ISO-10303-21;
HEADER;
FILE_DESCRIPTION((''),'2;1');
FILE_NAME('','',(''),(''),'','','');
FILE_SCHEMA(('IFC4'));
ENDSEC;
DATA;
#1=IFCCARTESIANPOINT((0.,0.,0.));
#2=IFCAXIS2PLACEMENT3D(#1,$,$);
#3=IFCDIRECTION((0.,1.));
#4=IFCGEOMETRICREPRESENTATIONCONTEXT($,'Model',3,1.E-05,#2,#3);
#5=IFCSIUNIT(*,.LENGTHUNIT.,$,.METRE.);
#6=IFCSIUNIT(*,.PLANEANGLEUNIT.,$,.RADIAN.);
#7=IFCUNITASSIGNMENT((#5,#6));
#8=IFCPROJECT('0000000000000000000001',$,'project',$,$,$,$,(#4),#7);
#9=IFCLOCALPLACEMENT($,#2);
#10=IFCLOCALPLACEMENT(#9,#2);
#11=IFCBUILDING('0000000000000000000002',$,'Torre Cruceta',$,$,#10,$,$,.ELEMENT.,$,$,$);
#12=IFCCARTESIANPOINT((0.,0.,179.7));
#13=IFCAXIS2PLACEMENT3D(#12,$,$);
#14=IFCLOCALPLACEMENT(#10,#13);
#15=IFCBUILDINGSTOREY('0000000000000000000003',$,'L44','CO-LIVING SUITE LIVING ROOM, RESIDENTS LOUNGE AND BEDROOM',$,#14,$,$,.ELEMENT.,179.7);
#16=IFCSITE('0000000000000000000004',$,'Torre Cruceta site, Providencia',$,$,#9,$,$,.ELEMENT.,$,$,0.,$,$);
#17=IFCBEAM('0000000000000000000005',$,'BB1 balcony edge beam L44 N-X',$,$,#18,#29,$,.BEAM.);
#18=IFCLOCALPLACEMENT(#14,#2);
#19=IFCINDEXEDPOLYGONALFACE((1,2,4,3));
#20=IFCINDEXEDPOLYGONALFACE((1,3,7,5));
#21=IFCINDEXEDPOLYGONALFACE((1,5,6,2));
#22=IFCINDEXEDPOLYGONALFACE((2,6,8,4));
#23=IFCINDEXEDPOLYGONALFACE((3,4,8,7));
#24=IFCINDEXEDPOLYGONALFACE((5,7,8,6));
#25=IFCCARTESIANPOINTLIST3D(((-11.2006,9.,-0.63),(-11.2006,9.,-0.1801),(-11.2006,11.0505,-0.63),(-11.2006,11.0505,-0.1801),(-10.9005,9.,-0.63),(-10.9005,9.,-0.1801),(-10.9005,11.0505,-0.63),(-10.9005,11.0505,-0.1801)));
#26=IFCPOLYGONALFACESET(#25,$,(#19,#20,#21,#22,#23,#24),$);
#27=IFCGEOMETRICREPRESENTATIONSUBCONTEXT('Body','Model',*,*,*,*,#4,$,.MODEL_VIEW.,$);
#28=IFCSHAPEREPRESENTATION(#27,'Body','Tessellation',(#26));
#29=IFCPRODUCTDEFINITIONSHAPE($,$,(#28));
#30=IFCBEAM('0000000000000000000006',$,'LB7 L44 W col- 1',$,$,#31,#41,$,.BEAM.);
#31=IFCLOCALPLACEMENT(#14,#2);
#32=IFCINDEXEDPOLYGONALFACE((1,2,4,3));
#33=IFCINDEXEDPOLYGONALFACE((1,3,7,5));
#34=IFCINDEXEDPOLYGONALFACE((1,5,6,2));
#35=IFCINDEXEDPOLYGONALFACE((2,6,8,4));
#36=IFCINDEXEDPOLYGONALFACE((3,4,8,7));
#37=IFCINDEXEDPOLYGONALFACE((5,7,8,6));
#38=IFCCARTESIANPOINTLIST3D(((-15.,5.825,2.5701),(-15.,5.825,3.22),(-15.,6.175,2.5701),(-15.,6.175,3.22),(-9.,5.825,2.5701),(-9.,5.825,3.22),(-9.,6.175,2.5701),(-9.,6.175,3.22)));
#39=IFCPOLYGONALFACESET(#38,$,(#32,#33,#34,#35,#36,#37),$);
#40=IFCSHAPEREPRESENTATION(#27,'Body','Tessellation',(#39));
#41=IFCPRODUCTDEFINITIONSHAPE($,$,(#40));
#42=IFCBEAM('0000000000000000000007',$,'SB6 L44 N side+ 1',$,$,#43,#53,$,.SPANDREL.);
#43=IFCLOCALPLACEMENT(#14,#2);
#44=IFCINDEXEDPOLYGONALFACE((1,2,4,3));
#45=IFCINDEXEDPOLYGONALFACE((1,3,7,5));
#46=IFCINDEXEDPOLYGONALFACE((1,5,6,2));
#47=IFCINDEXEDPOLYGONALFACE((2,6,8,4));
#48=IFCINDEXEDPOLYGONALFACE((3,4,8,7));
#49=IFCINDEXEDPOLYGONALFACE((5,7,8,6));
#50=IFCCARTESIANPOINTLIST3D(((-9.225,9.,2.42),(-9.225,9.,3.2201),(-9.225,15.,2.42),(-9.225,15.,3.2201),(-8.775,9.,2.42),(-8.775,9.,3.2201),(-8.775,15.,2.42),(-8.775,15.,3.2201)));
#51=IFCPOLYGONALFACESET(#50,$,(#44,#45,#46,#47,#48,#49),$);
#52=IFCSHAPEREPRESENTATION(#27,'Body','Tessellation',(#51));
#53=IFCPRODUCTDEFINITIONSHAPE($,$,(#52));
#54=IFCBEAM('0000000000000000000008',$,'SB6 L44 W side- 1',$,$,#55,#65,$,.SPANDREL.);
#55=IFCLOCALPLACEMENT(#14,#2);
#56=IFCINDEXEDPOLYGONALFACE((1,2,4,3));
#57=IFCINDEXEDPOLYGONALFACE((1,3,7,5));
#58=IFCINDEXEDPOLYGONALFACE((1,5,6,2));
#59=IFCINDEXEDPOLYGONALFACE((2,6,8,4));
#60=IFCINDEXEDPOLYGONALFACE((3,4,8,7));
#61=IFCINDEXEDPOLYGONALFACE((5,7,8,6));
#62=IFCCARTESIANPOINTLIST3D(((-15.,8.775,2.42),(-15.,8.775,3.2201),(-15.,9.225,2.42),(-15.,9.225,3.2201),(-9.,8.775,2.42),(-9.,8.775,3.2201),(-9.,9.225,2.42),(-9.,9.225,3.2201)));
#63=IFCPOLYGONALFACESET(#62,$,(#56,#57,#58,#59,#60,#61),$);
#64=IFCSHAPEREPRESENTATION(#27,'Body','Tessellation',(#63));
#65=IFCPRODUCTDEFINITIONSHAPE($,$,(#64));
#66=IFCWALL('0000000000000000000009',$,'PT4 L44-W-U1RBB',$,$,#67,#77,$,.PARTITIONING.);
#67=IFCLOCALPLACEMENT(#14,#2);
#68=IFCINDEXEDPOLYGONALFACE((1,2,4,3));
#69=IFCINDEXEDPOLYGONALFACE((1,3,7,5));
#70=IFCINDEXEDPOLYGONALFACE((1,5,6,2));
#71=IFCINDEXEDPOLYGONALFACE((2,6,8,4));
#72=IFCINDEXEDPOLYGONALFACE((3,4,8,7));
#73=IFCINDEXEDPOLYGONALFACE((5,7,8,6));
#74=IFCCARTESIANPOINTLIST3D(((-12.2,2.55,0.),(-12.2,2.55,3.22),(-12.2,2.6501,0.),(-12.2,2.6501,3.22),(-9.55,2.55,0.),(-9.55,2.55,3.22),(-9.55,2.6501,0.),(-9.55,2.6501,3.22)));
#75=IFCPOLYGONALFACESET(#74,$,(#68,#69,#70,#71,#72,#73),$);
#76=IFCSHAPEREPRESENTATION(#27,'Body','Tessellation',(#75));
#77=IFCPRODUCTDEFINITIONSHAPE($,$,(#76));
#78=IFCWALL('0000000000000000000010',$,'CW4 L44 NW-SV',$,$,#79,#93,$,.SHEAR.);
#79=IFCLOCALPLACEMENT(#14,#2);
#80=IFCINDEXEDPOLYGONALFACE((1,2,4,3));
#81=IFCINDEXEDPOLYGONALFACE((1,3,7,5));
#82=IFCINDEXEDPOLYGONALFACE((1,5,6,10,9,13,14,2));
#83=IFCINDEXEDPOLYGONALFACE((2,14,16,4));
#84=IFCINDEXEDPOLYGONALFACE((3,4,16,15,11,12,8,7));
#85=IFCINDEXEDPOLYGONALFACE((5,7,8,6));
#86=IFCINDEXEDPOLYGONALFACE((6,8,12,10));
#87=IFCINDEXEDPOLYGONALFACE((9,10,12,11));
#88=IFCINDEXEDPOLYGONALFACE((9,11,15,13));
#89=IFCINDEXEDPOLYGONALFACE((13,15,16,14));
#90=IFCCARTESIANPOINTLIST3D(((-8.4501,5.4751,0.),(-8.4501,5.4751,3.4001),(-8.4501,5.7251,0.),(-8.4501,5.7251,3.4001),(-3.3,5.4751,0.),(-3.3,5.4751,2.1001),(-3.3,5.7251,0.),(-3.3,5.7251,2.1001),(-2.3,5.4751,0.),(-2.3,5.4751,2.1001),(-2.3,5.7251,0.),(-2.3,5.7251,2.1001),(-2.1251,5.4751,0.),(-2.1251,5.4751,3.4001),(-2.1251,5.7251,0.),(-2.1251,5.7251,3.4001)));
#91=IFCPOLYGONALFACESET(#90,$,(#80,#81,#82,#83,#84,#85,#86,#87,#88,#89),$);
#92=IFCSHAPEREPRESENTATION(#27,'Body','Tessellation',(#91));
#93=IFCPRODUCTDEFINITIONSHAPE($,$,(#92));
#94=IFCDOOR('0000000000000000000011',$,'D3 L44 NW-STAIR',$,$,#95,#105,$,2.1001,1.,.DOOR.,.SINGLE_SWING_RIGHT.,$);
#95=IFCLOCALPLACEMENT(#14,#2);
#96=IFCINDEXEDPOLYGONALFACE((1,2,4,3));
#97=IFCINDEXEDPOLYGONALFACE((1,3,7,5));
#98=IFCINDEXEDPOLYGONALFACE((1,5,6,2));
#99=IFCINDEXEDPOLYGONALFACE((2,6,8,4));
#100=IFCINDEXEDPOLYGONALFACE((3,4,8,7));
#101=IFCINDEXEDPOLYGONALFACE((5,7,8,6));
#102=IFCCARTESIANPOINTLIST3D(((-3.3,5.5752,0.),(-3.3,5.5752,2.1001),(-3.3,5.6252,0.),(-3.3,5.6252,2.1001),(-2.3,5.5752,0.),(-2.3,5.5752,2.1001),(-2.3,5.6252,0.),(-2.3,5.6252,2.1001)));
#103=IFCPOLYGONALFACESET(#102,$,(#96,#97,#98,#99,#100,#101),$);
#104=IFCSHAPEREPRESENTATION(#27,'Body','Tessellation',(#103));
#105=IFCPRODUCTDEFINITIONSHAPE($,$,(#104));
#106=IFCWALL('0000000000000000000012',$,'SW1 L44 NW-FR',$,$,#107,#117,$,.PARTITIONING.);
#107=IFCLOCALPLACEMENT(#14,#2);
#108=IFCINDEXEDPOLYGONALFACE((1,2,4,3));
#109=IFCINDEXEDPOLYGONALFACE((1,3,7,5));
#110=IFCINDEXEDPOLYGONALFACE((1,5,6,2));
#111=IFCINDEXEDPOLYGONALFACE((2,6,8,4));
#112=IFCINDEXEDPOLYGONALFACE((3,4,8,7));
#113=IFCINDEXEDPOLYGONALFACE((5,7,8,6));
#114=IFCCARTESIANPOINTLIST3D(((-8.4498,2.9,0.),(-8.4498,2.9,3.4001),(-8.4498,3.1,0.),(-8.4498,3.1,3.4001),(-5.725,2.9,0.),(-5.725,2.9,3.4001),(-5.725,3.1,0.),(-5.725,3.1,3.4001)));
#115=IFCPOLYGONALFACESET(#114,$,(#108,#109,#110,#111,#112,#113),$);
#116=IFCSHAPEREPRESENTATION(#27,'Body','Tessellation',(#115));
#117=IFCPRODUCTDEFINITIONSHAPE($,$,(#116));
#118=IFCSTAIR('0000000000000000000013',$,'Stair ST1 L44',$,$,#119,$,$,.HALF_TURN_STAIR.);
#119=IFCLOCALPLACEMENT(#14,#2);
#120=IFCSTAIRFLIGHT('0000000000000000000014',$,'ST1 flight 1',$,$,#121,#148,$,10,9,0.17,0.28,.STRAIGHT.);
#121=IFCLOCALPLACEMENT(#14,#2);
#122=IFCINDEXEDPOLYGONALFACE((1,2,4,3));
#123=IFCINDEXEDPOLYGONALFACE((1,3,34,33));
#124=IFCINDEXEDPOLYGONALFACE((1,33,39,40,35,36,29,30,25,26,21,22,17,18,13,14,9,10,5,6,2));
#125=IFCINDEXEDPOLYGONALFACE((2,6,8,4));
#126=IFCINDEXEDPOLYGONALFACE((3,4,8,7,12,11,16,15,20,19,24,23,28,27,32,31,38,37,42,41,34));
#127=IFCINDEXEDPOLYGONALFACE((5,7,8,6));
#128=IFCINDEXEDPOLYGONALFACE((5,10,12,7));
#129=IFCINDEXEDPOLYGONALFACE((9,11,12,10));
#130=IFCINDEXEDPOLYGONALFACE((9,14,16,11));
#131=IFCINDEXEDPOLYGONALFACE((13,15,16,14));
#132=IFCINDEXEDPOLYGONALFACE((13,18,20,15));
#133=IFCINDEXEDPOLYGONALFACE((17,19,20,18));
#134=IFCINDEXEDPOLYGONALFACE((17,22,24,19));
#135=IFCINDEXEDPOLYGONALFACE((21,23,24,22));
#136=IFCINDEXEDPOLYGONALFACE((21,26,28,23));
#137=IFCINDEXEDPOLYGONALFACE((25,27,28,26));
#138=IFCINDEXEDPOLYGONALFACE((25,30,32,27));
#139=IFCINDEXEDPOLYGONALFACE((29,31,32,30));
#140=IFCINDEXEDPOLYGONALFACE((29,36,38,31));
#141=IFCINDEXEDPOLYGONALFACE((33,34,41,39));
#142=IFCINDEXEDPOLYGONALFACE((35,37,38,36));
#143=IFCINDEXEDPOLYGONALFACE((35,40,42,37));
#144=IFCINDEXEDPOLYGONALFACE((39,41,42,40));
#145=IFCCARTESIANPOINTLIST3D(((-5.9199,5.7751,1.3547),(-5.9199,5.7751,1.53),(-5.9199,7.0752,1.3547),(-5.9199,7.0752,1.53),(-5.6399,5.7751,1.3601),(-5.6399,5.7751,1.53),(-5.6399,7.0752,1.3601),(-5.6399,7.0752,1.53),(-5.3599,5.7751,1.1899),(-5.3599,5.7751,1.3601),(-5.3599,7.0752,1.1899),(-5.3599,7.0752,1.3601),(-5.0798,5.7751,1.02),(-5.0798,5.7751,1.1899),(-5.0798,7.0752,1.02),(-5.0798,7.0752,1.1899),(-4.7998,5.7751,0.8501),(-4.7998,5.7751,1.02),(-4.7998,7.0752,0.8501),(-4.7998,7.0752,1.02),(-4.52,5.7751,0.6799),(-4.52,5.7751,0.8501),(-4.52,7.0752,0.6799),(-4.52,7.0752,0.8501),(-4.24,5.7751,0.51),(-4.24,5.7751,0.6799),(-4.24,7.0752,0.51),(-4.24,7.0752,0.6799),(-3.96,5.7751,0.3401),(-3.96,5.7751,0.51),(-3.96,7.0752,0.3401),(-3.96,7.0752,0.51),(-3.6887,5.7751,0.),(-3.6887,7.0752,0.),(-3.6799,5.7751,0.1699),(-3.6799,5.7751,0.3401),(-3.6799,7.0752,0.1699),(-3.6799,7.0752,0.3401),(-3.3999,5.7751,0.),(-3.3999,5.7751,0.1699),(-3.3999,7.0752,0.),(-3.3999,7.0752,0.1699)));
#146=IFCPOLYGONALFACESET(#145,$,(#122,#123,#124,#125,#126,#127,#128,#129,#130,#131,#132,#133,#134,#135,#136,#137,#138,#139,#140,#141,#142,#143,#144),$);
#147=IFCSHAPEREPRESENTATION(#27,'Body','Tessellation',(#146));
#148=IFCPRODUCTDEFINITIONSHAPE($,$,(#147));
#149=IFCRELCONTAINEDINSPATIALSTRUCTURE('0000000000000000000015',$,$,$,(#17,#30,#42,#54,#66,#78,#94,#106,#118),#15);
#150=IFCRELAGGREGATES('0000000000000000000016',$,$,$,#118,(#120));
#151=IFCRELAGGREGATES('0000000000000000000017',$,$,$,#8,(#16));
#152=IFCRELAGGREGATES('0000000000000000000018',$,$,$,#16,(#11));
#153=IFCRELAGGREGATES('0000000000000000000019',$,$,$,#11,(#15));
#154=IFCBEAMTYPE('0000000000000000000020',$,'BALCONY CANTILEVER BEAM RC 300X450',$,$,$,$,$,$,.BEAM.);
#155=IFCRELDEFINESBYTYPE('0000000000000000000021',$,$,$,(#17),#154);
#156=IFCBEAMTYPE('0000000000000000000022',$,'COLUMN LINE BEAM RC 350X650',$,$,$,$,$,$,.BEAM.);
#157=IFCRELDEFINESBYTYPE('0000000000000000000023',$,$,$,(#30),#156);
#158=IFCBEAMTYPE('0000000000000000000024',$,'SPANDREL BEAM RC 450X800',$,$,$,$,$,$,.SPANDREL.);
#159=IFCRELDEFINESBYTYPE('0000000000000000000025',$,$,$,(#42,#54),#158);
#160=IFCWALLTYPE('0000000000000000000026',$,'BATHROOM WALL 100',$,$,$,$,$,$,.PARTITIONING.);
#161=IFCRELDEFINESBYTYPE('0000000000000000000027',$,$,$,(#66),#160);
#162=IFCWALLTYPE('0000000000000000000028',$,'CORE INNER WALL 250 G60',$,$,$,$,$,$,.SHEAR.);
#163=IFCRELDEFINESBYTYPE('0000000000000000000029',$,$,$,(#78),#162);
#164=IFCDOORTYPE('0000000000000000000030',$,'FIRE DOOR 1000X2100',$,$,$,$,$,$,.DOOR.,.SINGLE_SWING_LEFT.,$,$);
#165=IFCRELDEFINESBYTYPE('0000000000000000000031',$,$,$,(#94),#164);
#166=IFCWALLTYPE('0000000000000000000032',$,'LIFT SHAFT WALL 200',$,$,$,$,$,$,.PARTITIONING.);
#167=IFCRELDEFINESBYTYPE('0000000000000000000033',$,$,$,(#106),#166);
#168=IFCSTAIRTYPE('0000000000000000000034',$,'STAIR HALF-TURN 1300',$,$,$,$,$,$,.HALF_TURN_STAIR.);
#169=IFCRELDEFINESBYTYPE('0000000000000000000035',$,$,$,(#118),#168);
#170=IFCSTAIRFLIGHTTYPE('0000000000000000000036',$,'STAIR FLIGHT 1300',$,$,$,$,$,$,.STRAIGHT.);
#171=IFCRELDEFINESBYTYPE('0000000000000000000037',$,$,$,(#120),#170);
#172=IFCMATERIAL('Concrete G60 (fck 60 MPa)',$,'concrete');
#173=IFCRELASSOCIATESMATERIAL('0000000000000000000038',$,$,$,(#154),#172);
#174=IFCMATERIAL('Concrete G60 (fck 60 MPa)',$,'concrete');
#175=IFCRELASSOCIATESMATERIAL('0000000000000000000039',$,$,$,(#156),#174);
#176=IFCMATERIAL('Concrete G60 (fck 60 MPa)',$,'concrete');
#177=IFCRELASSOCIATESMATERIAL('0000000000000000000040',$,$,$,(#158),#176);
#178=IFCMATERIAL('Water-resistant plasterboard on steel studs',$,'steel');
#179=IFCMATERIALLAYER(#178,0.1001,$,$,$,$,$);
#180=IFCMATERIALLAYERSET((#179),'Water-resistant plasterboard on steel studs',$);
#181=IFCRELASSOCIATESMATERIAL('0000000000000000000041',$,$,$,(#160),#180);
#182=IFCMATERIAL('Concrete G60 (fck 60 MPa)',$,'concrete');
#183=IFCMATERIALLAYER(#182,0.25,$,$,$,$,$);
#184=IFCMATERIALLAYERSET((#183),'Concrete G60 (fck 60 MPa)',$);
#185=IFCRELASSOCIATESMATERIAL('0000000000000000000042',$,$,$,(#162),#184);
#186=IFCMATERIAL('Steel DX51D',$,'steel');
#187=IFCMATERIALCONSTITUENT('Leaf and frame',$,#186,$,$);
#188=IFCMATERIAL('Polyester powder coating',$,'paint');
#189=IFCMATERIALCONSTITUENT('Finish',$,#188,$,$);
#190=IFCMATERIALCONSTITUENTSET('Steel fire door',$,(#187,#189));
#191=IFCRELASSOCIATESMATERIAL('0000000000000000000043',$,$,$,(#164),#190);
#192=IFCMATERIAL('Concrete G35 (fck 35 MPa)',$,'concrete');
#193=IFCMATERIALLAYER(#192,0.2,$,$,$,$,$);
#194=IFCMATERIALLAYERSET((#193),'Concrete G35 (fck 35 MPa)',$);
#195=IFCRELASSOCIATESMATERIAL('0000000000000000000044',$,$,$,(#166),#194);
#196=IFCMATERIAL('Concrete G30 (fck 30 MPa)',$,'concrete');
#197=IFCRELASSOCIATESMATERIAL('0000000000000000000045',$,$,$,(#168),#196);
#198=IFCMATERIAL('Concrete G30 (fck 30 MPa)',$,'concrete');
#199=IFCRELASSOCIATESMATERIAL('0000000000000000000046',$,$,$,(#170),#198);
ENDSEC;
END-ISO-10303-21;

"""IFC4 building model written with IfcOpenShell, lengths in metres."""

from ifc_helpers import new_model, si_unit, direction, frame, frame_2d, origin, origin_2d, place, context, subcontext, project, spatial, polyline, rectangle, outline, extrude, material, layer, layer_set, constituent, constituent_set, material_profile, profile_set, type_object, element, fill, aggregate, save


model = new_model("IFC4")

# Units and contexts
model_context = context("Model", 3, precision=1e-05, world=origin(), true_north=direction((0.0, 1.0)))
body_context = subcontext(model_context, "Body", "Model", "MODEL_VIEW")
ifc_project = project(units=[si_unit("LENGTHUNIT", "METRE"), si_unit("PLANEANGLEUNIT", "RADIAN")], contexts=[model_context])

# Site, building, storey
site_placement = place(None, origin())
site = spatial("IfcSite", under=ifc_project, at=site_placement, Name="Torre Cruceta site, Providencia", CompositionType="ELEMENT", RefElevation=0.0)
building_placement = place(site_placement, origin())
building = spatial("IfcBuilding", under=site, at=building_placement, Name="Torre Cruceta", CompositionType="ELEMENT")
storey_placement = place(building_placement, frame((0.0, 0.0, 179.7)))
storey = spatial("IfcBuildingStorey", under=building, at=storey_placement, Name="L44", Description="CO-LIVING SUITE LIVING ROOM, RESIDENTS LOUNGE AND BEDROOM", CompositionType="ELEMENT", Elevation=179.7)

# Beams
ifc_material_1 = material(Name="Concrete G60 (fck 60 MPa)", Category="concrete")
ifc_material_profile_1 = material_profile(ifc_material_1, rectangle(XDim=0.3, YDim=0.45, at=origin_2d()), Name="RC 300X450")
ifc_profile_set_1 = profile_set([ifc_material_profile_1], Name="Concrete G60 (fck 60 MPa)")
beam_type_1 = type_object("IfcBeamType", Name="BALCONY CANTILEVER BEAM RC 300X450", PredefinedType="BEAM", material=ifc_profile_set_1)
beam_1_placement = place(storey_placement, frame((-11.0505, 9.0, -0.405), z_axis=(0.0, 1.0, 0.0), x_axis=(-1.0, 0.0, 0.0)))
element("IfcBeam", 1, at=beam_1_placement, inside=storey, type_object=beam_type_1, Name="BB1 balcony edge beam L44 N-X", PredefinedType="BEAM", context=body_context, shape_type="SweptSolid", body=[
    extrude(rectangle(XDim=0.3, YDim=0.45, at=origin_2d()), origin(), (0.0, 0.0, 1.0), 2.0505),
])
ifc_material_2 = material(Name="Concrete G60 (fck 60 MPa)", Category="concrete")
ifc_material_profile_2 = material_profile(ifc_material_2, rectangle(XDim=0.3501, YDim=0.6499, at=origin_2d()), Name="RC 350X650")
ifc_profile_set_2 = profile_set([ifc_material_profile_2], Name="Concrete G60 (fck 60 MPa)")
beam_type_2 = type_object("IfcBeamType", Name="COLUMN LINE BEAM RC 350X650", PredefinedType="BEAM", material=ifc_profile_set_2)
beam_2_placement = place(storey_placement, frame((-9.0, 6.0, 2.895), z_axis=(-1.0, 0.0, 0.0), x_axis=(0.0, -1.0, 0.0)))
element("IfcBeam", 2, at=beam_2_placement, inside=storey, type_object=beam_type_2, Name="LB7 L44 W col- 1", PredefinedType="BEAM", context=body_context, shape_type="SweptSolid", body=[
    extrude(rectangle(XDim=0.3501, YDim=0.6499, at=origin_2d()), origin(), (0.0, 0.0, 1.0), 6.0),
])
ifc_material_3 = material(Name="Concrete G60 (fck 60 MPa)", Category="concrete")
ifc_material_profile_3 = material_profile(ifc_material_3, rectangle(XDim=0.45, YDim=0.8, at=origin_2d()), Name="RC 450X800")
ifc_profile_set_3 = profile_set([ifc_material_profile_3], Name="Concrete G60 (fck 60 MPa)")
beam_type_3 = type_object("IfcBeamType", Name="SPANDREL BEAM RC 450X800", PredefinedType="SPANDREL", material=ifc_profile_set_3)
for number, where, z_axis, x_axis, name in (
    (3, (-9.0, 9.0, 2.8201), (0.0, 1.0, 0.0), (-1.0, 0.0, 0.0), "SB6 L44 N side+ 1"),
    (4, (-9.0, 9.0, 2.8201), (-1.0, 0.0, 0.0), (0.0, -1.0, 0.0), "SB6 L44 W side- 1"),
):
    element("IfcBeam", number, at=place(storey_placement, frame(where, z_axis=z_axis, x_axis=x_axis)), inside=storey, type_object=beam_type_3, Name=name, PredefinedType="SPANDREL", context=body_context, shape_type="SweptSolid", body=[
        extrude(rectangle(XDim=0.45, YDim=0.8, at=origin_2d()), origin(), (0.0, 0.0, 1.0), 6.0),
    ])

# Wall
ifc_material_4 = material(Name="Water-resistant plasterboard on steel studs", Category="steel")
ifc_layer_1 = layer(ifc_material_4, 0.1001)
ifc_layer_set_1 = layer_set([ifc_layer_1], Name="Water-resistant plasterboard on steel studs")
wall_type_1 = type_object("IfcWallType", Name="BATHROOM WALL 100", PredefinedType="PARTITIONING", material=ifc_layer_set_1)
wall_1_placement = place(storey_placement, frame((-9.55, 2.6001, 0.0), z_axis=(0.0, 0.0, 1.0), x_axis=(-1.0, 0.0, 0.0)))
element("IfcWall", 5, at=wall_1_placement, inside=storey, type_object=wall_type_1, Name="PT4 L44-W-U1RBB", PredefinedType="PARTITIONING", context=body_context, shape_type="SweptSolid", body=[
    extrude(rectangle(XDim=2.6499, YDim=0.1001, at=frame_2d((1.325, 0.0))), origin(), (0.0, 0.0, 1.0), 3.22),
])

# Wall, opening, door
ifc_material_5 = material(Name="Concrete G60 (fck 60 MPa)", Category="concrete")
ifc_layer_2 = layer(ifc_material_5, 0.25)
ifc_layer_set_2 = layer_set([ifc_layer_2], Name="Concrete G60 (fck 60 MPa)")
wall_type_2 = type_object("IfcWallType", Name="CORE INNER WALL 250 G60", PredefinedType="SHEAR", material=ifc_layer_set_2)
wall_2_placement = place(storey_placement, frame((-2.125, 5.6001, 0.0), z_axis=(0.0, 0.0, 1.0), x_axis=(-1.0, 0.0, 0.0)))
wall_2 = element("IfcWall", 6, at=wall_2_placement, inside=storey, type_object=wall_type_2, Name="CW4 L44 NW-SV", PredefinedType="SHEAR", context=body_context, shape_type="SweptSolid", body=[
    extrude(rectangle(XDim=6.325, YDim=0.25, at=frame_2d((3.1626, 0.0))), origin(), (0.0, 0.0, 1.0), 3.4001),
])
opening_1_placement = place(wall_2_placement, frame((0.175, 0.0, 0.0)))
opening_1 = element("IfcOpeningElement", 7, at=opening_1_placement, cuts=wall_2, PredefinedType="OPENING", context=body_context, shape_type="SweptSolid", body=[
    extrude(rectangle(XDim=1.0, YDim=2.1001, at=frame_2d((0.5, 1.05))), frame((0.0, 0.135, 0.0), z_axis=(0.0, -1.0, 0.0), x_axis=(1.0, 0.0, 0.0)), (0.0, 0.0, 1.0), 0.27),
])
ifc_material_6 = material(Name="Steel DX51D", Category="steel")
ifc_constituent_1 = constituent(ifc_material_6, Name="Leaf and frame")
ifc_material_7 = material(Name="Polyester powder coating", Category="paint")
ifc_constituent_2 = constituent(ifc_material_7, Name="Finish")
ifc_constituent_set_1 = constituent_set(constituents=[ifc_constituent_1, ifc_constituent_2], Name="Steel fire door")
door_type_1 = type_object("IfcDoorType", Name="FIRE DOOR 1000X2100", OperationType="SINGLE_SWING_LEFT", PredefinedType="DOOR", material=ifc_constituent_set_1)
door_1_placement = place(opening_1_placement, frame((1.0, 0.0, 0.0), z_axis=(0.0, 0.0, 1.0), x_axis=(-1.0, 0.0, 0.0)))
door_1 = element("IfcDoor", 8, at=door_1_placement, inside=storey, type_object=door_type_1, Name="D3 L44 NW-STAIR", OperationType="SINGLE_SWING_RIGHT", OverallHeight=2.1001, OverallWidth=1.0, PredefinedType="DOOR", context=body_context, shape_type="SweptSolid", body=[
    extrude(rectangle(XDim=1.0, YDim=2.1001, at=frame_2d((0.5, 1.05))), frame((0.0, 0.0251, 0.0), z_axis=(0.0, -1.0, 0.0), x_axis=(1.0, 0.0, 0.0)), (0.0, 0.0, 1.0), 0.05),
])
fill(opening_1, door_1)

# Wall
ifc_material_8 = material(Name="Concrete G35 (fck 35 MPa)", Category="concrete")
ifc_layer_3 = layer(ifc_material_8, 0.2)
ifc_layer_set_3 = layer_set([ifc_layer_3], Name="Concrete G35 (fck 35 MPa)")
wall_type_3 = type_object("IfcWallType", Name="LIFT SHAFT WALL 200", PredefinedType="PARTITIONING", material=ifc_layer_set_3)
wall_3_placement = place(storey_placement, frame((-5.7251, 3.0, 0.0), z_axis=(0.0, 0.0, 1.0), x_axis=(-1.0, 0.0, 0.0)))
element("IfcWall", 9, at=wall_3_placement, inside=storey, type_object=wall_type_3, Name="SW1 L44 NW-FR", PredefinedType="PARTITIONING", context=body_context, shape_type="SweptSolid", body=[
    extrude(rectangle(XDim=2.7249, YDim=0.2, at=frame_2d((1.3623, 0.0))), origin(), (0.0, 0.0, 1.0), 3.4001),
])

# Stair, stair flight
ifc_material_9 = material(Name="Concrete G30 (fck 30 MPa)", Category="concrete")
stair_type = type_object("IfcStairType", Name="STAIR HALF-TURN 1300", PredefinedType="HALF_TURN_STAIR", material=ifc_material_9)
stair_placement = place(storey_placement, origin())
stair = element("IfcStair", 10, at=stair_placement, inside=storey, type_object=stair_type, Name="Stair ST1 L44", PredefinedType="HALF_TURN_STAIR")
ifc_material_10 = material(Name="Concrete G30 (fck 30 MPa)", Category="concrete")
stair_flight_type = type_object("IfcStairFlightType", Name="STAIR FLIGHT 1300", PredefinedType="STRAIGHT", material=ifc_material_10)
stair_flight_1_placement = place(storey_placement, frame((-3.3999, 6.425, 0.0), z_axis=(0.0, 0.0, 1.0), x_axis=(-1.0, 0.0, 0.0)))
stair_flight_1 = element("IfcStairFlight", 11, at=stair_flight_1_placement, type_object=stair_flight_type, Name="ST1 flight 1", NumberOfRisers=10, NumberOfTreads=9, PredefinedType="STRAIGHT", RiserHeight=0.17, TreadLength=0.28, context=body_context, shape_type="SweptSolid", body=[
    extrude(outline(polyline([(0.0, 0.0), (0.0, 0.1699), (0.28, 0.1699), (0.28, 0.3401), (0.5601, 0.3401), (0.5601, 0.51), (0.8401, 0.51), (0.8401, 0.6799), (1.1201, 0.6799), (1.1201, 0.8501), (1.3999, 0.8501), (1.3999, 1.02), (1.6799, 1.02), (1.6799, 1.1899), (1.96, 1.1899), (1.96, 1.3601), (2.24, 1.3601), (2.24, 1.53), (2.52, 1.53), (2.52, 1.7), (2.52, 1.3547), (0.2888, 0.0), (0.0, 0.0)])), frame((0.0, 0.6499, 0.0), z_axis=(0.0, -1.0, 0.0), x_axis=(1.0, 0.0, 0.0)), (0.0, 0.0, 1.0), 1.3),
])
aggregate(stair, [stair_flight_1])

save(model, "model.ifc")
